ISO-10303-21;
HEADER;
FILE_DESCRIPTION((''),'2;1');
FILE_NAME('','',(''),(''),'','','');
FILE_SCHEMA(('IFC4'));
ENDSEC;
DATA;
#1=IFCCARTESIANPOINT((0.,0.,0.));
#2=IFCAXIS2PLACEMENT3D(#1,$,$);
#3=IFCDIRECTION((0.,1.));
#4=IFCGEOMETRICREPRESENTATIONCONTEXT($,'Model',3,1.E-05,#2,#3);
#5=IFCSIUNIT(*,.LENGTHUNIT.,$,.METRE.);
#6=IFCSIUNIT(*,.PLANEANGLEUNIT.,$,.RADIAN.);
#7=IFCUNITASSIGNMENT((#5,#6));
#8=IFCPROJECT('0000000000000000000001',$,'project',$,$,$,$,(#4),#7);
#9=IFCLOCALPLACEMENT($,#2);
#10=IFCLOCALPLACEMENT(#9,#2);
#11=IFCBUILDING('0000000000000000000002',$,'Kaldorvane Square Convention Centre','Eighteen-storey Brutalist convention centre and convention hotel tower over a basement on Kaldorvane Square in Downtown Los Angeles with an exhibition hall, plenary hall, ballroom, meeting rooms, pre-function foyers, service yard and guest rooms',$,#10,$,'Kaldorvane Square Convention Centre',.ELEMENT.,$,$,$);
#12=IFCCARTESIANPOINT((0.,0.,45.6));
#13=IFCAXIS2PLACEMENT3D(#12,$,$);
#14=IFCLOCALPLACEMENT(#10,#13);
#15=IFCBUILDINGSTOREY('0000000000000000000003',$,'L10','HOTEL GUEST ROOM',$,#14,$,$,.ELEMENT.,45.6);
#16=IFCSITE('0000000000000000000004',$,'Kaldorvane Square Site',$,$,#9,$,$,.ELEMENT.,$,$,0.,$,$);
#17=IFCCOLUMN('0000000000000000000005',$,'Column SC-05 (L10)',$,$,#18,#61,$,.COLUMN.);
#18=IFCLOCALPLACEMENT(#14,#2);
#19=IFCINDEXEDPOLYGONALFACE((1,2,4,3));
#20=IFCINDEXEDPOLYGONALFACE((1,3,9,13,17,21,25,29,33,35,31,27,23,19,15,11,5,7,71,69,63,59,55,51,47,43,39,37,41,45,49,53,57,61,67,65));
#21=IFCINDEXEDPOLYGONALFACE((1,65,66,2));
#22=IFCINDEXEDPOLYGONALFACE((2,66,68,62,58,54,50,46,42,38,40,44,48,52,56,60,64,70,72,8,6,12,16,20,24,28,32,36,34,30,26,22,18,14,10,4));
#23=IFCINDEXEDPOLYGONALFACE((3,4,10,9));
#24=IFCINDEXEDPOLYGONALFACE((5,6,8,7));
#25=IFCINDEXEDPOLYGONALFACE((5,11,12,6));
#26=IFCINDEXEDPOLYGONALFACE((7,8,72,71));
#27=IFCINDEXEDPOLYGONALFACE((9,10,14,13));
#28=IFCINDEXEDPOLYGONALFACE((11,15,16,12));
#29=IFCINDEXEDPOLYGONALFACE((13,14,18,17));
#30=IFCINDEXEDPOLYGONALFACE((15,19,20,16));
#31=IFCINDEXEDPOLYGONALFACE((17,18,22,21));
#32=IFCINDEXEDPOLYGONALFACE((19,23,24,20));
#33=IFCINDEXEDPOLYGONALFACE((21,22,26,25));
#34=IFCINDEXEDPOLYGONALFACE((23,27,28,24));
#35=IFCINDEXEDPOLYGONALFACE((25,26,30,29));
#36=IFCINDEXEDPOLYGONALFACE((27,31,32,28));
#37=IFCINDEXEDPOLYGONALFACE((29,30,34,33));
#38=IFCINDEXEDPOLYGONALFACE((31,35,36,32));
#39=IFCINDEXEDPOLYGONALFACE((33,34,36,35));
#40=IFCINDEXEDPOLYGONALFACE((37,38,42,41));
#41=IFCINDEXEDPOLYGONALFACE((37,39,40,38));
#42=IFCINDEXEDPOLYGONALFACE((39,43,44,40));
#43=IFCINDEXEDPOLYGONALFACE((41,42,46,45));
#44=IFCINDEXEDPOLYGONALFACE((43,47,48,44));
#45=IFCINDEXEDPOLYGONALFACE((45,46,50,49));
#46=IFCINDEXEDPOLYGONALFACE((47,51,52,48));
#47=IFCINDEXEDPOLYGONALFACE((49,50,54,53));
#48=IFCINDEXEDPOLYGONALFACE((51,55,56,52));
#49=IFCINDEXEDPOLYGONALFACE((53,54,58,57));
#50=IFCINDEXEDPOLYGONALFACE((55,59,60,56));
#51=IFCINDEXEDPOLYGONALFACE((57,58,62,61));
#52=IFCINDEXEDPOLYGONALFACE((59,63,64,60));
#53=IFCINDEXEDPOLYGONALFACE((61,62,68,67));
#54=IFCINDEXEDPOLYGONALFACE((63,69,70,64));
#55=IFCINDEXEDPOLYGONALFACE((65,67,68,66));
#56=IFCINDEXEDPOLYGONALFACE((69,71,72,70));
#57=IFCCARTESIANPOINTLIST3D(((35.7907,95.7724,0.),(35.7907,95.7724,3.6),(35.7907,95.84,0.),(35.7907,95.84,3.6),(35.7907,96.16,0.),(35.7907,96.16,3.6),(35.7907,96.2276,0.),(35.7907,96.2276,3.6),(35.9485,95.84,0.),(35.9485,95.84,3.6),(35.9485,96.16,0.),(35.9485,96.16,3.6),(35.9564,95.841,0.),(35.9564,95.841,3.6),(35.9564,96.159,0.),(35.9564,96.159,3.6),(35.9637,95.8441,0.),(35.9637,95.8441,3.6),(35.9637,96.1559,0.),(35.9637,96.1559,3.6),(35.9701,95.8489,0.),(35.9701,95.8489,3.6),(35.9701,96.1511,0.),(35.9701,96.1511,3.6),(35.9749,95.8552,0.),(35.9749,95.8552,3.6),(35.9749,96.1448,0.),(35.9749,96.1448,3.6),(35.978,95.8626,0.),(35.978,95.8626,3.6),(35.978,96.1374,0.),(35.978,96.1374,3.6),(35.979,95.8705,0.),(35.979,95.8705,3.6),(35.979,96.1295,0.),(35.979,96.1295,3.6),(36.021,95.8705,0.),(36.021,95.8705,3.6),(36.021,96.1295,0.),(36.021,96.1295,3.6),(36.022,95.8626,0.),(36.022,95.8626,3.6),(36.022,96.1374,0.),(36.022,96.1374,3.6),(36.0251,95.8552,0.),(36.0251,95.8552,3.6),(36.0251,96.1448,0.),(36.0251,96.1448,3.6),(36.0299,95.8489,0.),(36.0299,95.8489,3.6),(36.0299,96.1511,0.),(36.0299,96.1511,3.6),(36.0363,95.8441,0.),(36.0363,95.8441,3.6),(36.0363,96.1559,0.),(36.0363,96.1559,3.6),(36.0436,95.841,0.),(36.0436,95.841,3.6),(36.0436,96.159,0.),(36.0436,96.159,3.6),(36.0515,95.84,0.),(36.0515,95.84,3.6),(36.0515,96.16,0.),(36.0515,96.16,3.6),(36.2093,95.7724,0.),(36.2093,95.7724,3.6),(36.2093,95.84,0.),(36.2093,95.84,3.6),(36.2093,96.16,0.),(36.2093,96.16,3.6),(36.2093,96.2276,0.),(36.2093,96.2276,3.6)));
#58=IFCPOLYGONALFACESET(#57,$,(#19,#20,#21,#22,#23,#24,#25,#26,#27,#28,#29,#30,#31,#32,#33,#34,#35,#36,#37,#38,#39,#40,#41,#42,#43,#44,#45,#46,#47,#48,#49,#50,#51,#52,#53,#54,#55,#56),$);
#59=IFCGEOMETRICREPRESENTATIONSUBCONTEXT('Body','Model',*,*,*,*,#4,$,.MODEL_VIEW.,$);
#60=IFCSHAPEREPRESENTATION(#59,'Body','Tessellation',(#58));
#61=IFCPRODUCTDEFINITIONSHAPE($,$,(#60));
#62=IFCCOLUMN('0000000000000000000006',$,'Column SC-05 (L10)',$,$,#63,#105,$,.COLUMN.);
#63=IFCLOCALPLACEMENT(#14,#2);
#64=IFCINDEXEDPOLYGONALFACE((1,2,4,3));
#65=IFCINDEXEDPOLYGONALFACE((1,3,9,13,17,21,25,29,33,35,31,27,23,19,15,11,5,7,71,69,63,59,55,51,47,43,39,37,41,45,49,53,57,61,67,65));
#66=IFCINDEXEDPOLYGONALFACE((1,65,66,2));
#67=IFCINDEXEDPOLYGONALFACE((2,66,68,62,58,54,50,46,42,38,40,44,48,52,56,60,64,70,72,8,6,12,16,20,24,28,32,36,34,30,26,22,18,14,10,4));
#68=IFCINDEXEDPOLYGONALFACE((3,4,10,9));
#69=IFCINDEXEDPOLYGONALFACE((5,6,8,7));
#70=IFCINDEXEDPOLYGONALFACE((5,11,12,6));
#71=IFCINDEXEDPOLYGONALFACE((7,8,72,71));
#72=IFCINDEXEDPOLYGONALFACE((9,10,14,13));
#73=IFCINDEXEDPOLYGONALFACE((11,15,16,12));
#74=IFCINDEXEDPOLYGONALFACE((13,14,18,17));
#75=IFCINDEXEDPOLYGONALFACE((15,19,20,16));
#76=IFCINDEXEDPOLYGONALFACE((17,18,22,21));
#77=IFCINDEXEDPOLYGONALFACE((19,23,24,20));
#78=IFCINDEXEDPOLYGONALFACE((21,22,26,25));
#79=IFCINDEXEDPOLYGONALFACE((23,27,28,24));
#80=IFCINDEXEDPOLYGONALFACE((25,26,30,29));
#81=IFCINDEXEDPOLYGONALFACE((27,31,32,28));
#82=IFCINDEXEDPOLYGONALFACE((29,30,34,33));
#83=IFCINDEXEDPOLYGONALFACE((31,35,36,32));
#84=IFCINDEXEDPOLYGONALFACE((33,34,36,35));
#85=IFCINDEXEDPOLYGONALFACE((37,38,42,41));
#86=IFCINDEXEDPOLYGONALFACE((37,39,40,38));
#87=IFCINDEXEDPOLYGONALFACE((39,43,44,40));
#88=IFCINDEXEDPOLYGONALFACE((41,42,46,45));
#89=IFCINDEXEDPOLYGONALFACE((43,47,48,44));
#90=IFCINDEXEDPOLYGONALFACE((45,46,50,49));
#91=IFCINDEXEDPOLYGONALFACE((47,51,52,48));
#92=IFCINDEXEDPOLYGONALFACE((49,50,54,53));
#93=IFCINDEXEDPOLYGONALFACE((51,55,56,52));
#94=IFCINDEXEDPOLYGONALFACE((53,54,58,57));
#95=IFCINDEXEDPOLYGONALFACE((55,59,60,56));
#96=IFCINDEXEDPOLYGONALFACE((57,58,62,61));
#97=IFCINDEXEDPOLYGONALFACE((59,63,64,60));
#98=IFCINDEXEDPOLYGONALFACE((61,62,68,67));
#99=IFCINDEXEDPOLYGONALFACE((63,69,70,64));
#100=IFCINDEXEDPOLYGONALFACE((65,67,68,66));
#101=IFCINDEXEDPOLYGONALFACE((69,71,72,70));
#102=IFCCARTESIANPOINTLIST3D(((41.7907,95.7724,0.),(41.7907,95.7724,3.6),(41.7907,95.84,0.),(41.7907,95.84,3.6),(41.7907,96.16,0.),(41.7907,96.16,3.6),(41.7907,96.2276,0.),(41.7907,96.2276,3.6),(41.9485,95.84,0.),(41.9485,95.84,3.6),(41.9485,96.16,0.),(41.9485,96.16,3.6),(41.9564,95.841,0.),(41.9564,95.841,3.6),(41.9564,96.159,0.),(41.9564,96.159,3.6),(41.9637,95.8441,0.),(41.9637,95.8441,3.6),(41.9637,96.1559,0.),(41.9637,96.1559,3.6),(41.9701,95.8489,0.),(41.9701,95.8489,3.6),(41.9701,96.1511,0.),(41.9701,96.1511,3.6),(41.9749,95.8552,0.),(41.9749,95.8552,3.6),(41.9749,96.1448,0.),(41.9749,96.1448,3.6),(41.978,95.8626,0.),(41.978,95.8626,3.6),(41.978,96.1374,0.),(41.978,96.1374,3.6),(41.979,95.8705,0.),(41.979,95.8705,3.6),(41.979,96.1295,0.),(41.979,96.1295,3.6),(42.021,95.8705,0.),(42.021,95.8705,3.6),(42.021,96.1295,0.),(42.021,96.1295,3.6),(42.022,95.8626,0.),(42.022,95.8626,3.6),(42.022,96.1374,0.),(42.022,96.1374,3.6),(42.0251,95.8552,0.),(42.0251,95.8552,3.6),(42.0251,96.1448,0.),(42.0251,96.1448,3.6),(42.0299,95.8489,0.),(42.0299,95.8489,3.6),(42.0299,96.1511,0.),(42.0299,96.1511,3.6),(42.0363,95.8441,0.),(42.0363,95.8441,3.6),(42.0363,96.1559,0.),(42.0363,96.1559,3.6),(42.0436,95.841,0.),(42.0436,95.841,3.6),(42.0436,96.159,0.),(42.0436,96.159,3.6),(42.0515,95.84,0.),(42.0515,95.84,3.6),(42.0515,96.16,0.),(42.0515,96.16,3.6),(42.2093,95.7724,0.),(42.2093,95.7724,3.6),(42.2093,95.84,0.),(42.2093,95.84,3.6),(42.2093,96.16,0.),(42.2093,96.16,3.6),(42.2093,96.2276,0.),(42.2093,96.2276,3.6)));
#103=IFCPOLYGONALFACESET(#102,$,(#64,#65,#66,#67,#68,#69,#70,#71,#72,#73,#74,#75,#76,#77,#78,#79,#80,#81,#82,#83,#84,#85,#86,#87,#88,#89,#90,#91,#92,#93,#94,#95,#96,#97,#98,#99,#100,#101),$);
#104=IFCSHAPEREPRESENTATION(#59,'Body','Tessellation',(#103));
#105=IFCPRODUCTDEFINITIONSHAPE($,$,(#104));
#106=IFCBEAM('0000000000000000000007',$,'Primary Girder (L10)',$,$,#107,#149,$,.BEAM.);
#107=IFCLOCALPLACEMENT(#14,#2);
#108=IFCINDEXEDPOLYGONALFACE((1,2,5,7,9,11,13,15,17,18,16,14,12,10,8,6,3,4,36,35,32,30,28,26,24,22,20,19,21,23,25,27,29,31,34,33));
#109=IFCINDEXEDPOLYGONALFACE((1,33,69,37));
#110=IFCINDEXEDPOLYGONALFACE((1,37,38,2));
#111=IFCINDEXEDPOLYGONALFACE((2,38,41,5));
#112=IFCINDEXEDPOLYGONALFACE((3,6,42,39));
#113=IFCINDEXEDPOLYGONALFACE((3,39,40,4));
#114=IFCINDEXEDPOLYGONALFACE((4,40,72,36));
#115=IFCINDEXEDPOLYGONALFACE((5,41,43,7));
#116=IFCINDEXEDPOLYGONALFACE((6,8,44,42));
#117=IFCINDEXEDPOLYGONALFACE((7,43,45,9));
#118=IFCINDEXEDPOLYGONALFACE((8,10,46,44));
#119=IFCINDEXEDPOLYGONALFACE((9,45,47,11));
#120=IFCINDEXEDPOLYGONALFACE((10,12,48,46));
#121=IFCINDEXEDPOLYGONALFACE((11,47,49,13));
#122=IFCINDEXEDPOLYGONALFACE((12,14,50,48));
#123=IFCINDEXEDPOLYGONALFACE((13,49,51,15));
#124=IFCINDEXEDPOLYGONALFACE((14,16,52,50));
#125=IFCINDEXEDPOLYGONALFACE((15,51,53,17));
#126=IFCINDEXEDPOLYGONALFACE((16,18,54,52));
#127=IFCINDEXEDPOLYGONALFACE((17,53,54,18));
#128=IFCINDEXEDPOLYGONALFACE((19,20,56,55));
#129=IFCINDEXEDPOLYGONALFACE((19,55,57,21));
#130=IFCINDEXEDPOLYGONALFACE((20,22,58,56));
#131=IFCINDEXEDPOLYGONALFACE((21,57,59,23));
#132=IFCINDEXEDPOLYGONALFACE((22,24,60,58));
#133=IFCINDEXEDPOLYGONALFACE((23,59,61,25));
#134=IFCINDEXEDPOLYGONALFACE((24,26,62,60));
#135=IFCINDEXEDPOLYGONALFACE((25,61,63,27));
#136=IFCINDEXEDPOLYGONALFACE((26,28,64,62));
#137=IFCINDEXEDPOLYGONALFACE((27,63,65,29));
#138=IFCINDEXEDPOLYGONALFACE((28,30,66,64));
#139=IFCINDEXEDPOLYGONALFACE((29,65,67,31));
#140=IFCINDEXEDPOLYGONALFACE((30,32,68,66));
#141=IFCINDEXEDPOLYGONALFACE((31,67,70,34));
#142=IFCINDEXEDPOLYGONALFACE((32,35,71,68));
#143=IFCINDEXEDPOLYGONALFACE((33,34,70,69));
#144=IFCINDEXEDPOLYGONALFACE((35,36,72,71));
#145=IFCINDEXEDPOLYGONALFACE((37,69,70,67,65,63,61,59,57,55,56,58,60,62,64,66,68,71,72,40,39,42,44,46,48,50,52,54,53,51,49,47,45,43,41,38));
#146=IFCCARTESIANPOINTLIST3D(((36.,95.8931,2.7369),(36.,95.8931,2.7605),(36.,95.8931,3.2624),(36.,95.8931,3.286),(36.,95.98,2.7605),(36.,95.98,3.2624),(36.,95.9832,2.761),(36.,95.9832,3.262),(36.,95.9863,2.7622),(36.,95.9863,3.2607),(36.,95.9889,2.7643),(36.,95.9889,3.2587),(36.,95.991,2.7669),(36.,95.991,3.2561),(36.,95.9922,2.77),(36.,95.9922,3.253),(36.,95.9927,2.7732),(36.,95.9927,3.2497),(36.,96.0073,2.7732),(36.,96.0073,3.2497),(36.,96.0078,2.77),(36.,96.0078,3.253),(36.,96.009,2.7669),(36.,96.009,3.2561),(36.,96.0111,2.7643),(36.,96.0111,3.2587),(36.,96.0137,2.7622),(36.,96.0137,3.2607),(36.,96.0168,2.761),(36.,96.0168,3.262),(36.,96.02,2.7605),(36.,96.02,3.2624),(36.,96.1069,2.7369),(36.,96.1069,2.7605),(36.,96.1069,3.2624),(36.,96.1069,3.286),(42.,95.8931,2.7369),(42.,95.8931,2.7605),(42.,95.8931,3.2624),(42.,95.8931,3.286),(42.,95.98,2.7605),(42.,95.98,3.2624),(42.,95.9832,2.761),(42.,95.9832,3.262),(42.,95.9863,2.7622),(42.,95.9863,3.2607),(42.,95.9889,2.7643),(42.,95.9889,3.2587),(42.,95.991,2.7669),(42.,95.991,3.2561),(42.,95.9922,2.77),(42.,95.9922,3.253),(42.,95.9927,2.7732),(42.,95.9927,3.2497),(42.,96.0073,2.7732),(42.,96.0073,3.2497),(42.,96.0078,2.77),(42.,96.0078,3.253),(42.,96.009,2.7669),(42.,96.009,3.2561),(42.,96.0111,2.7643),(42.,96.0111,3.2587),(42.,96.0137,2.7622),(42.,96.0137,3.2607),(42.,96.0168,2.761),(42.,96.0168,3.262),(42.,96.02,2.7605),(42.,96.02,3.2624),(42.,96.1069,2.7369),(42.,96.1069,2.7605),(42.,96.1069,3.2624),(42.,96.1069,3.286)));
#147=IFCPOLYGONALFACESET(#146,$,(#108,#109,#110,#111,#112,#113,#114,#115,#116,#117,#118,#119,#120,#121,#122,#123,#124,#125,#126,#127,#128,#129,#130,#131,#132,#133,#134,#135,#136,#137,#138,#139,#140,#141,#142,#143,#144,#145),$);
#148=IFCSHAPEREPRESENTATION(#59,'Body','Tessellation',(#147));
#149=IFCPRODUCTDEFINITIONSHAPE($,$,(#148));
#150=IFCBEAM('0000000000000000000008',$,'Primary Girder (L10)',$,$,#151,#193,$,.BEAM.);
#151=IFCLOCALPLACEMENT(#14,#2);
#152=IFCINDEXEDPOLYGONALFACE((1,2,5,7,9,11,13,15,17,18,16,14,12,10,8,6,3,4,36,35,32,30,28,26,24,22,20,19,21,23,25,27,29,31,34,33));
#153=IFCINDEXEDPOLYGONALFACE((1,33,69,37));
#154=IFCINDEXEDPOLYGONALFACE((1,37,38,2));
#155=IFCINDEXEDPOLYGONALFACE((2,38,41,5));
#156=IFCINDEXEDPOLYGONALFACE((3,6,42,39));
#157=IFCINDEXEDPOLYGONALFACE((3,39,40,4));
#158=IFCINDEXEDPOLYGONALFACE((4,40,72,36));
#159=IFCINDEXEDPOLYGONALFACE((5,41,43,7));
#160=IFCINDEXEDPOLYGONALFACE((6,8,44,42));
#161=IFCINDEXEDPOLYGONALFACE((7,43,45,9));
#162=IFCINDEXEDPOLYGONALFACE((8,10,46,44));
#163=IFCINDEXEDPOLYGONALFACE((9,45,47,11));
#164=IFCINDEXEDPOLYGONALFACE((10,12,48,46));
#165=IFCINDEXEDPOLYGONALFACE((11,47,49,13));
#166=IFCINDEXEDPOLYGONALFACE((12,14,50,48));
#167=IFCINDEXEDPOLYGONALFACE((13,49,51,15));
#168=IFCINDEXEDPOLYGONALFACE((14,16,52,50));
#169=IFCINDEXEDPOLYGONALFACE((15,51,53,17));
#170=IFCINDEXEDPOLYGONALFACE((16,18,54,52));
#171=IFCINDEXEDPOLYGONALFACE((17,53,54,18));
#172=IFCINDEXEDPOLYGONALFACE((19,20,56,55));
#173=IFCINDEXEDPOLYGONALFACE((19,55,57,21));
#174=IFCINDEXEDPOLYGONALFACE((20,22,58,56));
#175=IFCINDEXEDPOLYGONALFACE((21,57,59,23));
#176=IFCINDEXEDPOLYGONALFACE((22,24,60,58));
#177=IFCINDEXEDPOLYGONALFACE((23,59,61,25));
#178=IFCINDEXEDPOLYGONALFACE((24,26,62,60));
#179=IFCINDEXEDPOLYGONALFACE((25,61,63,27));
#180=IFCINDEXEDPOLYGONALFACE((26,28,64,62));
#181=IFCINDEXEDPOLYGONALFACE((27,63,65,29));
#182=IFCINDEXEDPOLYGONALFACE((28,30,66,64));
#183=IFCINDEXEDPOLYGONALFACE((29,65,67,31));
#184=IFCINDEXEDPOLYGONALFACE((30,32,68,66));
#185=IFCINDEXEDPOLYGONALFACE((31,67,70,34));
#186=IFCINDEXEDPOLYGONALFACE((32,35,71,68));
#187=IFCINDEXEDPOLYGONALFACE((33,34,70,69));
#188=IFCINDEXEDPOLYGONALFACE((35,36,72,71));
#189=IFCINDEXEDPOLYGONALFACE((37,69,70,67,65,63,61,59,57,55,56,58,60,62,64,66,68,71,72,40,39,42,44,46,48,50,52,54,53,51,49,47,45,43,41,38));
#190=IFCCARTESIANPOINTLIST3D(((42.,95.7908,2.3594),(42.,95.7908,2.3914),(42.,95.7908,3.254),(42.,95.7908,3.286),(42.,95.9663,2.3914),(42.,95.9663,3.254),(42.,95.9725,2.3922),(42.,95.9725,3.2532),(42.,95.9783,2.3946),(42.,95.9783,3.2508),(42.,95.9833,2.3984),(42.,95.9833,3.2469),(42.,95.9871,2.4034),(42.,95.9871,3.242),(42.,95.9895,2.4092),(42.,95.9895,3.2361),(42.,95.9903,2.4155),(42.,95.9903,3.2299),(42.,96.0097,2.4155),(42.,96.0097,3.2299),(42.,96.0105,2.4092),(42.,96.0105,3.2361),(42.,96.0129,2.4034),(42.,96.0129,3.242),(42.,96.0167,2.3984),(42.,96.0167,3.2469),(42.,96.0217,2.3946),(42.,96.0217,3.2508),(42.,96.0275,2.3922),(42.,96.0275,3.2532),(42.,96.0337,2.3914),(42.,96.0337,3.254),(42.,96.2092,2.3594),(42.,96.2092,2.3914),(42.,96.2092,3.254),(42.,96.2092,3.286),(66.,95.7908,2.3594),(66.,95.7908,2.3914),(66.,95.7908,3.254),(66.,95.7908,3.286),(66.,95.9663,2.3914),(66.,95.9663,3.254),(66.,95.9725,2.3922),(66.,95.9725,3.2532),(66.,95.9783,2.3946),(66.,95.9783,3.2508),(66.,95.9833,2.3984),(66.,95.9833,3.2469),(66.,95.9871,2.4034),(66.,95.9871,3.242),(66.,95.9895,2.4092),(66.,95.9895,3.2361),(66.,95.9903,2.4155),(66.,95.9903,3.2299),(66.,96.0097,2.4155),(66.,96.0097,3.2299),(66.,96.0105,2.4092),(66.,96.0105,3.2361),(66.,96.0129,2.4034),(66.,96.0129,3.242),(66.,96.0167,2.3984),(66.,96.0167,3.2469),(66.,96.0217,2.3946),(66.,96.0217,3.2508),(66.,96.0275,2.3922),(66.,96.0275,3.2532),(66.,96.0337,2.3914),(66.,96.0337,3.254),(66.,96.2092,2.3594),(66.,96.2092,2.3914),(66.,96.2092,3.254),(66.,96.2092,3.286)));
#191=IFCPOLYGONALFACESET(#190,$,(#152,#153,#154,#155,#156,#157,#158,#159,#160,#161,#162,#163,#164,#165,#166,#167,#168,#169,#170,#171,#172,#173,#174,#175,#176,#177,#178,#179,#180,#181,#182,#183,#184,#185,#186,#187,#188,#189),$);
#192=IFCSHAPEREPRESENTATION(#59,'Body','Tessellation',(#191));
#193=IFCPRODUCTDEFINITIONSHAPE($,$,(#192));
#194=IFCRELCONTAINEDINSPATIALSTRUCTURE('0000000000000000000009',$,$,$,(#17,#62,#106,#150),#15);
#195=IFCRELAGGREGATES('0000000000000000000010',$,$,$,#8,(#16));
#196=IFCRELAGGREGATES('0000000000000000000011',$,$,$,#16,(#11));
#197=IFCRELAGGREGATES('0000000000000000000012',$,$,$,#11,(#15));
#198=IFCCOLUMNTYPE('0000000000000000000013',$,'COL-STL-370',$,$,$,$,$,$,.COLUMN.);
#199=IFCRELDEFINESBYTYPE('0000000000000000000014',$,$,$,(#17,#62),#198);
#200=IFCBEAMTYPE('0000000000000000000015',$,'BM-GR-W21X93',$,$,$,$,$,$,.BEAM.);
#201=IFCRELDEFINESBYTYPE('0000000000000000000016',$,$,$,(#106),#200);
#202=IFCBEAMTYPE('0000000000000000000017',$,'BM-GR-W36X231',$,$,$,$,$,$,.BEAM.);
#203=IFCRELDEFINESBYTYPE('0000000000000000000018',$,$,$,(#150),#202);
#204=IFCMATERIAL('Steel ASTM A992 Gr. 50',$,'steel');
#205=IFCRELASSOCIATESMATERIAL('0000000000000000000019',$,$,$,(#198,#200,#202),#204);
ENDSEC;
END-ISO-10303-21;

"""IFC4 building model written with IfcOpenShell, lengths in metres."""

from ifc_helpers import new_model, si_unit, direction, frame, origin, origin_2d, place, context, subcontext, project, spatial, i_section, extrude, material, material_profile, profile_set, type_object, element, save


model = new_model("IFC4")

# Units and contexts
model_context = context("Model", 3, precision=1e-05, world=origin(), true_north=direction((0.0, 1.0)))
body_context = subcontext(model_context, "Body", "Model", "MODEL_VIEW")
ifc_project = project(units=[si_unit("LENGTHUNIT", "METRE"), si_unit("PLANEANGLEUNIT", "RADIAN")], contexts=[model_context])

# Site, building, storey
site_placement = place(None, origin())
site = spatial("IfcSite", under=ifc_project, at=site_placement, Name="Kaldorvane Square Site", CompositionType="ELEMENT", RefElevation=0.0)
building_placement = place(site_placement, origin())
building = spatial("IfcBuilding", under=site, at=building_placement, Name="Kaldorvane Square Convention Centre", Description="Eighteen-storey Brutalist convention centre and convention hotel tower over a basement on Kaldorvane Square in Downtown Los Angeles with an exhibition hall, plenary hall, ballroom, meeting rooms, pre-function foyers, service yard and guest rooms", LongName="Kaldorvane Square Convention Centre", CompositionType="ELEMENT")
storey_placement = place(building_placement, frame((0.0, 0.0, 45.6)))
storey = spatial("IfcBuildingStorey", under=building, at=storey_placement, Name="L10", Description="HOTEL GUEST ROOM", CompositionType="ELEMENT", Elevation=45.6)

# Columns
ifc_material_1 = material(Name="Steel ASTM A992 Gr. 50", Category="steel")
ifc_material_profile_1 = material_profile(ifc_material_1, i_section(OverallWidth=0.4185, OverallDepth=0.4552, WebThickness=0.042, FlangeThickness=0.0676, FilletRadius=0.0305, at=origin_2d()), Name="W14X370")
ifc_profile_set_1 = profile_set([ifc_material_profile_1], Name="Steel ASTM A992 Gr. 50")
column_type = type_object("IfcColumnType", Name="COL-STL-370", PredefinedType="COLUMN", material=ifc_profile_set_1)
for number, where, z_axis, x_axis, name in (
    (1, (36.0, 96.0, 0.0), (0.0, 0.0, 1.0), (1.0, 0.0, 0.0), "Column SC-05 (L10)"),
    (2, (42.0, 96.0, 0.0), (0.0, 0.0, 1.0), (1.0, 0.0, 0.0), "Column SC-05 (L10)"),
):
    element("IfcColumn", number, at=place(storey_placement, frame(where, z_axis=z_axis, x_axis=x_axis)), inside=storey, type_object=column_type, Name=name, PredefinedType="COLUMN", context=body_context, shape_type="SweptSolid", body=[
        extrude(i_section(OverallWidth=0.4185, OverallDepth=0.4552, WebThickness=0.042, FlangeThickness=0.0676, FilletRadius=0.0305, at=origin_2d()), origin(), (0.0, 0.0, 1.0), 3.6),
    ])

# Beams
ifc_material_profile_2 = material_profile(ifc_material_1, i_section(OverallWidth=0.2139, OverallDepth=0.5491, WebThickness=0.0147, FlangeThickness=0.0236, FilletRadius=0.0127, at=origin_2d()), Name="W21X93")
ifc_profile_set_2 = profile_set([ifc_material_profile_2], Name="Steel ASTM A992 Gr. 50")
beam_type_1 = type_object("IfcBeamType", Name="BM-GR-W21X93", PredefinedType="BEAM", material=ifc_profile_set_2)
beam_1_placement = place(storey_placement, frame((36.0, 96.0, 3.0115), z_axis=(1.0, 0.0, 0.0), x_axis=(0.0, 1.0, 0.0)))
element("IfcBeam", 3, at=beam_1_placement, inside=storey, type_object=beam_type_1, Name="Primary Girder (L10)", PredefinedType="BEAM", context=body_context, shape_type="SweptSolid", body=[
    extrude(i_section(OverallWidth=0.2139, OverallDepth=0.5491, WebThickness=0.0147, FlangeThickness=0.0236, FilletRadius=0.0127, at=origin_2d()), origin(), (0.0, 0.0, 1.0), 6.0),
])
ifc_material_profile_3 = material_profile(ifc_material_1, i_section(OverallWidth=0.4183, OverallDepth=0.9266, WebThickness=0.0193, FlangeThickness=0.032, FilletRadius=0.0241, at=origin_2d()), Name="W36X231")
ifc_profile_set_3 = profile_set([ifc_material_profile_3], Name="Steel ASTM A992 Gr. 50")
beam_type_2 = type_object("IfcBeamType", Name="BM-GR-W36X231", PredefinedType="BEAM", material=ifc_profile_set_3)
beam_2_placement = place(storey_placement, frame((42.0, 96.0, 2.8227), z_axis=(1.0, 0.0, 0.0), x_axis=(0.0, 1.0, 0.0)))
element("IfcBeam", 4, at=beam_2_placement, inside=storey, type_object=beam_type_2, Name="Primary Girder (L10)", PredefinedType="BEAM", context=body_context, shape_type="SweptSolid", body=[
    extrude(i_section(OverallWidth=0.4183, OverallDepth=0.9266, WebThickness=0.0193, FlangeThickness=0.032, FilletRadius=0.0241, at=origin_2d()), origin(), (0.0, 0.0, 1.0), 24.0),
])

save(model, "model.ifc")
